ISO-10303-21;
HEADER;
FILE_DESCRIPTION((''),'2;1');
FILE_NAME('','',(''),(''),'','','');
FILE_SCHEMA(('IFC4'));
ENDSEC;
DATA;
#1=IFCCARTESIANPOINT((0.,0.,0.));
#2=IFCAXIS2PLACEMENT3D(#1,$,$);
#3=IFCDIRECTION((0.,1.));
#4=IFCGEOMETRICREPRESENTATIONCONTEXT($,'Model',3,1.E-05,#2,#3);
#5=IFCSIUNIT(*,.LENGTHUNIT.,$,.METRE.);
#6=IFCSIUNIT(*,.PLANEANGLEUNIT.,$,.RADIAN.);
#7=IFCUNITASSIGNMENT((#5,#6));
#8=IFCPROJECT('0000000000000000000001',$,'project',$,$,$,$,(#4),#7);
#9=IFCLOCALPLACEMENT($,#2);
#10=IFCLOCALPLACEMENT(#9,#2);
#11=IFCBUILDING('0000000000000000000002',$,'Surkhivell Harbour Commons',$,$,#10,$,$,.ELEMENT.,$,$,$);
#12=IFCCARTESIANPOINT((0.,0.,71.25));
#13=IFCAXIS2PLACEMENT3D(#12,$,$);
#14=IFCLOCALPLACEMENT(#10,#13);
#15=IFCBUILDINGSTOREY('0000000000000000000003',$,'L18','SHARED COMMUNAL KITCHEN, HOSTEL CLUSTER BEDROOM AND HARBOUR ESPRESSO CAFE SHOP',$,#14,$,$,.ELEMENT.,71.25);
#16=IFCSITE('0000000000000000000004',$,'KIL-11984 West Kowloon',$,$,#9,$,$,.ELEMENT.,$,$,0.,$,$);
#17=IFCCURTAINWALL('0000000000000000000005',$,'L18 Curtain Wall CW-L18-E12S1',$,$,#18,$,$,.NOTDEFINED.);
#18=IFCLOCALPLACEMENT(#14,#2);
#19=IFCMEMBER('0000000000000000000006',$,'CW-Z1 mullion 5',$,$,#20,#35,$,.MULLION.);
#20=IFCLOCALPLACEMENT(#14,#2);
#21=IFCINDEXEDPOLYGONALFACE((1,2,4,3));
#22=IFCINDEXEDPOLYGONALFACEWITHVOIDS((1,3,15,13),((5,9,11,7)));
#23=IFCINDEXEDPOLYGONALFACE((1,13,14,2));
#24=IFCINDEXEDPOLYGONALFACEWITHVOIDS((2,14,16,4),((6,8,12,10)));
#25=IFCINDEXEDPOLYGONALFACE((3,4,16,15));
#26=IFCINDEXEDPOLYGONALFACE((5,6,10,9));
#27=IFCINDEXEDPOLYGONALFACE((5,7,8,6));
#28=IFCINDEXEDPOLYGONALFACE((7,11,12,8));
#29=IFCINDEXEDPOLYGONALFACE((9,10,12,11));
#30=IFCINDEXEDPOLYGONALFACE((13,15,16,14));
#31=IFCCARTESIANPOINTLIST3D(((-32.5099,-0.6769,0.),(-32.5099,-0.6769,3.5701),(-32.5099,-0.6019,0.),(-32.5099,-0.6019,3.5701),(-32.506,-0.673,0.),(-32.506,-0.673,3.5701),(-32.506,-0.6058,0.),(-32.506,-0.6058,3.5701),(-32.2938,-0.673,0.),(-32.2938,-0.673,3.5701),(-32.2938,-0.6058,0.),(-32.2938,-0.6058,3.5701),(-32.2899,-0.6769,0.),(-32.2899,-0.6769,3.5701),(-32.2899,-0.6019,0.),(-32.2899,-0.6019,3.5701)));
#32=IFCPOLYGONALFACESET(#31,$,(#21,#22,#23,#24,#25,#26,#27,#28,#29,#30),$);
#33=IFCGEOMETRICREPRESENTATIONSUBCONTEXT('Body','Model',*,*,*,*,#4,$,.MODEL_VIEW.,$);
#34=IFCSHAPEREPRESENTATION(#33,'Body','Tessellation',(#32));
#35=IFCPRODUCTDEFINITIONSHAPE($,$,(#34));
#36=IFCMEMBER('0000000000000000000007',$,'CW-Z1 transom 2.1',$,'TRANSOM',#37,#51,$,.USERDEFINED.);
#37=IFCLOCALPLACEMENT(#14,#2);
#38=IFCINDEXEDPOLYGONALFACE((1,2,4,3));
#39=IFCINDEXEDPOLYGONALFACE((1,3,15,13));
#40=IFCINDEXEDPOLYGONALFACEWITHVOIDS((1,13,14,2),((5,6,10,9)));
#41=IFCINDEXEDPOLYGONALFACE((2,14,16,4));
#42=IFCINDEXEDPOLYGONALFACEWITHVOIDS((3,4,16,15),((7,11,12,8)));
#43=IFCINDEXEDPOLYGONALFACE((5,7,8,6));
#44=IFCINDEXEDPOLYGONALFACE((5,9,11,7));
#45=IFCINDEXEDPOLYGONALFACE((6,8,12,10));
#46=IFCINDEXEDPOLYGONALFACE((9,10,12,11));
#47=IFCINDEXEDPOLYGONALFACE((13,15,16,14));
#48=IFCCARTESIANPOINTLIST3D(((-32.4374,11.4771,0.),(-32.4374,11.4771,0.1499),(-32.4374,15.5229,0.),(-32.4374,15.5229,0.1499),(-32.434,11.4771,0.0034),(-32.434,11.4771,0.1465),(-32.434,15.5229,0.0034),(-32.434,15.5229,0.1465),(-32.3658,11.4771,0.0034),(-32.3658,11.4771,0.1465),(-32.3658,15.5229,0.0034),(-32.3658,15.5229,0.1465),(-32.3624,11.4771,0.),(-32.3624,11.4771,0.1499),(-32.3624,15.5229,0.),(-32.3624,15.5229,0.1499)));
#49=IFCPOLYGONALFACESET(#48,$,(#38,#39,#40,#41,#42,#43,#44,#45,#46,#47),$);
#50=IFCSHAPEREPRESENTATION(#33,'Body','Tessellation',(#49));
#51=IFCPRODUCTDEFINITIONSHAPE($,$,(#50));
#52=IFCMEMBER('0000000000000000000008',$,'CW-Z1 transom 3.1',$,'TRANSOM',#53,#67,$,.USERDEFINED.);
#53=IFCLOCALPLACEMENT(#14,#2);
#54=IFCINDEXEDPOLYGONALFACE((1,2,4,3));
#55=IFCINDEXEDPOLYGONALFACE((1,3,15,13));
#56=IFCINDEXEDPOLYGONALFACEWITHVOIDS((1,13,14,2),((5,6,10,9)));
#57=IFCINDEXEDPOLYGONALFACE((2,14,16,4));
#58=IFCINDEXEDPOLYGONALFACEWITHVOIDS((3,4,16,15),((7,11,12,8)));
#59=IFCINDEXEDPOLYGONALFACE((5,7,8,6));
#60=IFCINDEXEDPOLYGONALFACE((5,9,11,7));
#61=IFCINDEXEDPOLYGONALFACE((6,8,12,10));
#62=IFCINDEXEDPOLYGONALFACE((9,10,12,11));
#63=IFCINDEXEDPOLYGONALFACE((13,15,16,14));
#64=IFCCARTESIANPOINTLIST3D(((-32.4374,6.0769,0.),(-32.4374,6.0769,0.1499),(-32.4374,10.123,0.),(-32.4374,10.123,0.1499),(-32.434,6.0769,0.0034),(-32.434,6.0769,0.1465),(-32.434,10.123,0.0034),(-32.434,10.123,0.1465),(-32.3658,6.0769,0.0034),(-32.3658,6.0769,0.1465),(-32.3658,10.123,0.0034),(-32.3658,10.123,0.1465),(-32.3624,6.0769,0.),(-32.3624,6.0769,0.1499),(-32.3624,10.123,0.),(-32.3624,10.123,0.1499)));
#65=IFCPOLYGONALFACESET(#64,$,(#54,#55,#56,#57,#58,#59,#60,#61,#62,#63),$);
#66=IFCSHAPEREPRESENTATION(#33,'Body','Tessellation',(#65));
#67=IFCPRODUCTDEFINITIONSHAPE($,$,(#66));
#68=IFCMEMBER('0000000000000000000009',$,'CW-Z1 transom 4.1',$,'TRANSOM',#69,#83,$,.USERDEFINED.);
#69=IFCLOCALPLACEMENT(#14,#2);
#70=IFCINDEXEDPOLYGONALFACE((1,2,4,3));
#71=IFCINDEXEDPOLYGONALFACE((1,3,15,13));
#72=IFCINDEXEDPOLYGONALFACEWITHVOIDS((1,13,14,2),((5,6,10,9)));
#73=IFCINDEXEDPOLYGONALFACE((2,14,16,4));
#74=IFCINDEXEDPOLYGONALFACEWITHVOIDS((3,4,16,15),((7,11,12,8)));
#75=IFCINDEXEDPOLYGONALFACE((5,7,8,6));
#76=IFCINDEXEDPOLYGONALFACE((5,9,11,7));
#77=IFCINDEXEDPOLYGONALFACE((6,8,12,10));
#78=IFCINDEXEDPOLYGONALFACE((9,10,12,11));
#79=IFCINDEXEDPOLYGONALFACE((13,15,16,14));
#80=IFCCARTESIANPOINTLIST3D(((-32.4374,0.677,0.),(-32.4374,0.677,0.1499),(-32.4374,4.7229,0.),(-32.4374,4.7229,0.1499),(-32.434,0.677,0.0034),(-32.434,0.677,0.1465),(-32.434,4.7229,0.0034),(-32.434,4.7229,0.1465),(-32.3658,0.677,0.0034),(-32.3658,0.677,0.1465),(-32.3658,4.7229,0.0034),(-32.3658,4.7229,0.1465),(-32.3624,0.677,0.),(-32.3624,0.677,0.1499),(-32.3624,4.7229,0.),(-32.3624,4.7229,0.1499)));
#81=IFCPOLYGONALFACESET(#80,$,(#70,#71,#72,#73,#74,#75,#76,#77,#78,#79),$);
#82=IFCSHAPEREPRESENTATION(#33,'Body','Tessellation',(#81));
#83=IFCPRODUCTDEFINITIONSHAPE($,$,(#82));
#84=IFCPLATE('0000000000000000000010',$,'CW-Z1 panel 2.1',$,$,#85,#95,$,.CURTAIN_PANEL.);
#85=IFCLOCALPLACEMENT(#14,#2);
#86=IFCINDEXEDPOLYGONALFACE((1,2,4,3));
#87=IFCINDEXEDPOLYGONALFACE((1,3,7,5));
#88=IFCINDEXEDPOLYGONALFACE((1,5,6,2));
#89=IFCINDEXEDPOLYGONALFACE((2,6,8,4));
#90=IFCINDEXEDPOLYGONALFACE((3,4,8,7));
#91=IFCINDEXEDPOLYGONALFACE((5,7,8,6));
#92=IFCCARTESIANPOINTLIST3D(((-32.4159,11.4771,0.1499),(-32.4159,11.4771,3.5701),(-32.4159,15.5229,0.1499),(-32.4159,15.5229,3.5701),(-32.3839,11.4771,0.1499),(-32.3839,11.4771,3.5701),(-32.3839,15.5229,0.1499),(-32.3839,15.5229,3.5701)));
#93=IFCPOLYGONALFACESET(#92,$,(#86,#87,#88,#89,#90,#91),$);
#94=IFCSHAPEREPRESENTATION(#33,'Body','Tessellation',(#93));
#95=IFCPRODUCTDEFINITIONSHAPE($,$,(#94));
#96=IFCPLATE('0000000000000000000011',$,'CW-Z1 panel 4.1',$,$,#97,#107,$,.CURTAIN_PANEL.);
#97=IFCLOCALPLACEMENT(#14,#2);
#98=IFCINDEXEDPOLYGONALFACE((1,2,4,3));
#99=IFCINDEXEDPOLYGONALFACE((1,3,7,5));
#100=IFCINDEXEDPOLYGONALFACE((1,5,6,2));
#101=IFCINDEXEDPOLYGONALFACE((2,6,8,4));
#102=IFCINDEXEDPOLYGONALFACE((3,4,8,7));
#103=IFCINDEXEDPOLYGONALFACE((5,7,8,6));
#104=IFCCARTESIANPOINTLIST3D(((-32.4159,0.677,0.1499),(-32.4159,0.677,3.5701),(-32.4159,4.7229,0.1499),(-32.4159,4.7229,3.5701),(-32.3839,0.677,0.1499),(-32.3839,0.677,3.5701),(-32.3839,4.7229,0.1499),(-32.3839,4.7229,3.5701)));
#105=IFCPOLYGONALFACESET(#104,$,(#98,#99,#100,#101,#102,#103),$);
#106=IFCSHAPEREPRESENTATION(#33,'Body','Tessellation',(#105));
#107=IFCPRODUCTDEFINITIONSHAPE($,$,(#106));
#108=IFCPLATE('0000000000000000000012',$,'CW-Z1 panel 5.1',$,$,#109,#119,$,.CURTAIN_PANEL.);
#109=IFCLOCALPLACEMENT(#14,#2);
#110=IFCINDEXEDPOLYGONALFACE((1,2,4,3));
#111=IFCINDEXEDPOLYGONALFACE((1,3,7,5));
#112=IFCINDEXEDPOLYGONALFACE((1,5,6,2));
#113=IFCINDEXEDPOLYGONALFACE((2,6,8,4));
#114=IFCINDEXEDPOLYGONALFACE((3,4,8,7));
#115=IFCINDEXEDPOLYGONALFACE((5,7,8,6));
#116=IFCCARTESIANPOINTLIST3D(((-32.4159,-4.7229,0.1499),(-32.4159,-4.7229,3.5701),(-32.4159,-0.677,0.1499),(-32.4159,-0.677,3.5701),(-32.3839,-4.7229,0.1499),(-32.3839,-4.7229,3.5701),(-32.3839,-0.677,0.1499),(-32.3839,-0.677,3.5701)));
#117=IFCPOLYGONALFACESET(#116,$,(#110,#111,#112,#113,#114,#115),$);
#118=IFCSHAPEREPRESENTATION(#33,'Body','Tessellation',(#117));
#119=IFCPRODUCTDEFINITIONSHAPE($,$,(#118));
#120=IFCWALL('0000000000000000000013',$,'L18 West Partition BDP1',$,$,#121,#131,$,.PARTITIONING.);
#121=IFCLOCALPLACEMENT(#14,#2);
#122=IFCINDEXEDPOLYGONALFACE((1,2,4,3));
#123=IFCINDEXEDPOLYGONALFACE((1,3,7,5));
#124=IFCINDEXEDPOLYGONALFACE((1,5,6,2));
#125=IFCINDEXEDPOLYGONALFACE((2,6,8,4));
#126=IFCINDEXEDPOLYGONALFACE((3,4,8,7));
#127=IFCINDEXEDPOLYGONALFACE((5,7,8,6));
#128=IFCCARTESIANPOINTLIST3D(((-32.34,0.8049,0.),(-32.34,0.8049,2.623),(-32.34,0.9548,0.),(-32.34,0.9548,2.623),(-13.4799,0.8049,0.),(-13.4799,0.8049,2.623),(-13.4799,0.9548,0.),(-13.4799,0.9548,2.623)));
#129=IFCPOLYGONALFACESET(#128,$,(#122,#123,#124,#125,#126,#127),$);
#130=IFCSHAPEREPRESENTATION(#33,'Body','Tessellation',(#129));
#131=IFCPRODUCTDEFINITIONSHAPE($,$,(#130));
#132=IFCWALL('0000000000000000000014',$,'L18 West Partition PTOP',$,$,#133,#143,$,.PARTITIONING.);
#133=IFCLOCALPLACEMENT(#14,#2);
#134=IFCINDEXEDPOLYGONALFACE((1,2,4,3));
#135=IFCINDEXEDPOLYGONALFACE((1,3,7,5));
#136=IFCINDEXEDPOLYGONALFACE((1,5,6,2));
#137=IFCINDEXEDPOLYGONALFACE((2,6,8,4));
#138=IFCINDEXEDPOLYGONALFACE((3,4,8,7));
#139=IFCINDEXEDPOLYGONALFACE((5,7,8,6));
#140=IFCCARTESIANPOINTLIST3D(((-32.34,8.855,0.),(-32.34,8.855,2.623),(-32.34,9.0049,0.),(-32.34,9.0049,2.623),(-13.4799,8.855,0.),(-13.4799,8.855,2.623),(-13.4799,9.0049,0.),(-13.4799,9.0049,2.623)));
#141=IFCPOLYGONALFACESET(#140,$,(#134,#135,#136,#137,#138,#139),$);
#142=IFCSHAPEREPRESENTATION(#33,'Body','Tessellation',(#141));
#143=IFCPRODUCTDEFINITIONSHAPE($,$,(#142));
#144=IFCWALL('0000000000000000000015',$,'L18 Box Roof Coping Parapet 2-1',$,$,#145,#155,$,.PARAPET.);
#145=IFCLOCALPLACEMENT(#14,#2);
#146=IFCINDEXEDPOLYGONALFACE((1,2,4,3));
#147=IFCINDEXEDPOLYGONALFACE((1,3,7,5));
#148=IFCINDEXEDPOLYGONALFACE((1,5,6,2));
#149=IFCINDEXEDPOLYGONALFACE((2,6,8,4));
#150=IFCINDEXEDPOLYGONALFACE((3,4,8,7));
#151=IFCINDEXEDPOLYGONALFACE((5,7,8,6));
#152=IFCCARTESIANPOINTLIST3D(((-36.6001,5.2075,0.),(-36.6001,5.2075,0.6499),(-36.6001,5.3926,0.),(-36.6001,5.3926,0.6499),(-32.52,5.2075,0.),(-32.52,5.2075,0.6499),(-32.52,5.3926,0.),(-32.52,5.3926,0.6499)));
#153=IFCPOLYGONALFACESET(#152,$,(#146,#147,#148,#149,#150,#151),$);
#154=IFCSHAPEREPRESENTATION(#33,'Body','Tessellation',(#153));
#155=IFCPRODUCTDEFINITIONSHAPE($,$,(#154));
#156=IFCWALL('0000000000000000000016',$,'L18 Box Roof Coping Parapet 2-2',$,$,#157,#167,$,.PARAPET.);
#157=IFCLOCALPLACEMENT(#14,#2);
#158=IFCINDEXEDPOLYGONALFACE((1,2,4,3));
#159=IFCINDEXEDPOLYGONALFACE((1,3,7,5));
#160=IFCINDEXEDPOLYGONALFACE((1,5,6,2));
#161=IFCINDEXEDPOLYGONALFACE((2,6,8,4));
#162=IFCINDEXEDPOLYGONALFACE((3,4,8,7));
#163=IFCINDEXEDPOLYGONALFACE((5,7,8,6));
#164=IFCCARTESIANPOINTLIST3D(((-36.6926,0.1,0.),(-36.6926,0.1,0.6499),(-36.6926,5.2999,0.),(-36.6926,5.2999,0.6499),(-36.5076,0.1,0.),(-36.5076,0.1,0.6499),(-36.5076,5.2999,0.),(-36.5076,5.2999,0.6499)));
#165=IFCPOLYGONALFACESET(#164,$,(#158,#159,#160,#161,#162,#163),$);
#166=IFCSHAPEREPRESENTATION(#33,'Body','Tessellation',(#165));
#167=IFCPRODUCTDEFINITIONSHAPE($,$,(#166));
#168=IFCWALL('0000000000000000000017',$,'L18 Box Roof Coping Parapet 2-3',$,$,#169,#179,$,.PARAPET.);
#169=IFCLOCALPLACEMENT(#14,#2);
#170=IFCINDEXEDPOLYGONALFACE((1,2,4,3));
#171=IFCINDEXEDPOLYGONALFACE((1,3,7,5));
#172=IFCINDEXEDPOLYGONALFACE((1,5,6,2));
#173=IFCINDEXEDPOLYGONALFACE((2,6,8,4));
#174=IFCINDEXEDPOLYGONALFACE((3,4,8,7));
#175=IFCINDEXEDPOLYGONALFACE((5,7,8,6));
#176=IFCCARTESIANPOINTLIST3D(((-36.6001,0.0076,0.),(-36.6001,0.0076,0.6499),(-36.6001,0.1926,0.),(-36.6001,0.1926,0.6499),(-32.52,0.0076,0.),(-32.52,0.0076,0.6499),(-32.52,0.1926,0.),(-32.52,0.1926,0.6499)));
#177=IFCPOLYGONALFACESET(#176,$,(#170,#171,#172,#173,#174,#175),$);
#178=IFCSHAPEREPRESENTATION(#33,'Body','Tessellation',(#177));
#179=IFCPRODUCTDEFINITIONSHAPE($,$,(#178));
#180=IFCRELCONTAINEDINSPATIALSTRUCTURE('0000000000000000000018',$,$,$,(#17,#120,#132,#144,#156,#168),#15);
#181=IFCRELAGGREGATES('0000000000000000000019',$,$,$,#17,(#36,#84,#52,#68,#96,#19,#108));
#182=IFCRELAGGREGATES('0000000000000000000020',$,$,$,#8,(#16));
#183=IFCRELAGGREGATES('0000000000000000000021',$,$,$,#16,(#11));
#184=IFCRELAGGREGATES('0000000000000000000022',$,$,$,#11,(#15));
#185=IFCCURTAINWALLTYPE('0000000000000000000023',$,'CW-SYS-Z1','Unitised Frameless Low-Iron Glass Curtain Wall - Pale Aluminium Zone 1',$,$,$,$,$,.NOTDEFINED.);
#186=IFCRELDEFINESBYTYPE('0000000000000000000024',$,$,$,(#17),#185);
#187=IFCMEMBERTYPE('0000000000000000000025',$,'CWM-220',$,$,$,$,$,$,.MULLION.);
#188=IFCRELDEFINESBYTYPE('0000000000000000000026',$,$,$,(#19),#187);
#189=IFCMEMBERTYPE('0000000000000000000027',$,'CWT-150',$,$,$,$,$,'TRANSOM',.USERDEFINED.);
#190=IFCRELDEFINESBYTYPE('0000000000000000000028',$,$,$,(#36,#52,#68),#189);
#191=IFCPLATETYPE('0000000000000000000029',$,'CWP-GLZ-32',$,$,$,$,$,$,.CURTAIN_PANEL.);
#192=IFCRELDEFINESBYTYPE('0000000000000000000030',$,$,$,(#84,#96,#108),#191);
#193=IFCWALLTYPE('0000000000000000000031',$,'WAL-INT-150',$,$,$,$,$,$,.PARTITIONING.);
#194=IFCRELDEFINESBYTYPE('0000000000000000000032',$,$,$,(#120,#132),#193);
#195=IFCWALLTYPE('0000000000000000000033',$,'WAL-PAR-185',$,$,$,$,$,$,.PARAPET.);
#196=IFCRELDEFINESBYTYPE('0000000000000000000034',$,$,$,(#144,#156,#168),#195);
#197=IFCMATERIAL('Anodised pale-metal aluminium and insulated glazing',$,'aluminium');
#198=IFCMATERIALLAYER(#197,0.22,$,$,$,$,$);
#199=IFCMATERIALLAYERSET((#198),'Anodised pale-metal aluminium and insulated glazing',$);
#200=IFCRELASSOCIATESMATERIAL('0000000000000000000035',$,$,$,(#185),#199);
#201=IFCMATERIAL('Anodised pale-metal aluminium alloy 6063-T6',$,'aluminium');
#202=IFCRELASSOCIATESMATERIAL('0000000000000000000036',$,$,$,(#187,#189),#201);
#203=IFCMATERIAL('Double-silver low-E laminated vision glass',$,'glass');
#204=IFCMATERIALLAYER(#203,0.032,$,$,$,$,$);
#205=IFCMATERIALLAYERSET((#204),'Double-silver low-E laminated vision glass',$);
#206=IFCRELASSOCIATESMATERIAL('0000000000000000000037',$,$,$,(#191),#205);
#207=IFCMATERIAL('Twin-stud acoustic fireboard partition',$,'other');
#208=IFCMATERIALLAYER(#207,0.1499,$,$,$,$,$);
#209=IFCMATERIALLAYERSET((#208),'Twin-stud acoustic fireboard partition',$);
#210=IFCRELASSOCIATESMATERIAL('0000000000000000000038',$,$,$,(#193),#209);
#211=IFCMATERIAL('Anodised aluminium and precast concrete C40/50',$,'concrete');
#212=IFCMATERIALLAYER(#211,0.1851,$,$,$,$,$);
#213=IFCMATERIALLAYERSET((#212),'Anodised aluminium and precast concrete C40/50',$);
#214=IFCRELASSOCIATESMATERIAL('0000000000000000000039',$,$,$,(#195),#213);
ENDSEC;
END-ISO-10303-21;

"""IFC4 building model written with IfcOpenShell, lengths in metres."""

from ifc_helpers import new_model, si_unit, direction, frame, frame_2d, origin, origin_2d, place, context, subcontext, project, spatial, rectangle, hollow_rectangle, extrude, material, layer, layer_set, material_profile, profile_set, type_object, element, aggregate, save


model = new_model("IFC4")

# Units and contexts
model_context = context("Model", 3, precision=1e-05, world=origin(), true_north=direction((0.0, 1.0)))
body_context = subcontext(model_context, "Body", "Model", "MODEL_VIEW")
ifc_project = project(units=[si_unit("LENGTHUNIT", "METRE"), si_unit("PLANEANGLEUNIT", "RADIAN")], contexts=[model_context])

# Site, building, storey
site_placement = place(None, origin())
site = spatial("IfcSite", under=ifc_project, at=site_placement, Name="KIL-11984 West Kowloon", CompositionType="ELEMENT", RefElevation=0.0)
building_placement = place(site_placement, origin())
building = spatial("IfcBuilding", under=site, at=building_placement, Name="Surkhivell Harbour Commons", CompositionType="ELEMENT")
storey_placement = place(building_placement, frame((0.0, 0.0, 71.25)))
storey = spatial("IfcBuildingStorey", under=building, at=storey_placement, Name="L18", Description="SHARED COMMUNAL KITCHEN, HOSTEL CLUSTER BEDROOM AND HARBOUR ESPRESSO CAFE SHOP", CompositionType="ELEMENT", Elevation=71.25)

# Curtain wall, members, plates
ifc_material_1 = material(Name="Anodised pale-metal aluminium and insulated glazing", Category="aluminium")
ifc_layer_1 = layer(ifc_material_1, 0.22)
ifc_layer_set_1 = layer_set([ifc_layer_1], Name="Anodised pale-metal aluminium and insulated glazing")
curtain_wall_type = type_object("IfcCurtainWallType", Name="CW-SYS-Z1", Description="Unitised Frameless Low-Iron Glass Curtain Wall - Pale Aluminium Zone 1", PredefinedType="NOTDEFINED", material=ifc_layer_set_1)
curtain_wall_placement = place(storey_placement, origin())
curtain_wall = element("IfcCurtainWall", 1, at=curtain_wall_placement, inside=storey, type_object=curtain_wall_type, Name="L18 Curtain Wall CW-L18-E12S1", PredefinedType="NOTDEFINED")
ifc_material_2 = material(Name="Anodised pale-metal aluminium alloy 6063-T6", Category="aluminium")
ifc_material_profile_1 = material_profile(ifc_material_2, hollow_rectangle(XDim=0.075, YDim=0.22, WallThickness=0.0039, at=origin_2d()), Name="ALU-MULL-75x220")
ifc_profile_set_1 = profile_set([ifc_material_profile_1], Name="Anodised pale-metal aluminium alloy 6063-T6")
member_type_1 = type_object("IfcMemberType", Name="CWM-220", PredefinedType="MULLION", material=ifc_profile_set_1)
member_1_placement = place(storey_placement, frame((-32.3999, -0.6394, 0.0), z_axis=(0.0, 0.0, 1.0), x_axis=(0.0, -1.0, 0.0)))
member_1 = element("IfcMember", 2, at=member_1_placement, type_object=member_type_1, Name="CW-Z1 mullion 5", PredefinedType="MULLION", context=body_context, shape_type="SweptSolid", body=[
    extrude(hollow_rectangle(XDim=0.075, YDim=0.22, WallThickness=0.0039, at=origin_2d()), origin(), (0.0, 0.0, 1.0), 3.5701),
])
ifc_material_profile_2 = material_profile(ifc_material_2, hollow_rectangle(XDim=0.075, YDim=0.1499, WallThickness=0.0034, at=origin_2d()), Name="ALU-TRAN-75x150")
ifc_profile_set_2 = profile_set([ifc_material_profile_2], Name="Anodised pale-metal aluminium alloy 6063-T6")
member_type_2 = type_object("IfcMemberType", Name="CWT-150", ElementType="TRANSOM", PredefinedType="USERDEFINED", material=ifc_profile_set_2)
member_2_placement = place(storey_placement, frame((-32.3999, 15.5229, 0.075), z_axis=(0.0, -1.0, 0.0), x_axis=(1.0, 0.0, 0.0)))
member_2 = element("IfcMember", 3, at=member_2_placement, type_object=member_type_2, Name="CW-Z1 transom 2.1", ObjectType="TRANSOM", PredefinedType="USERDEFINED", context=body_context, shape_type="SweptSolid", body=[
    extrude(hollow_rectangle(XDim=0.075, YDim=0.1499, WallThickness=0.0034, at=origin_2d()), origin(), (0.0, 0.0, 1.0), 4.0459),
])
member_3_placement = place(storey_placement, frame((-32.3999, 10.123, 0.075), z_axis=(0.0, -1.0, 0.0), x_axis=(1.0, 0.0, 0.0)))
member_3 = element("IfcMember", 4, at=member_3_placement, type_object=member_type_2, Name="CW-Z1 transom 3.1", ObjectType="TRANSOM", PredefinedType="USERDEFINED", context=body_context, shape_type="SweptSolid", body=[
    extrude(hollow_rectangle(XDim=0.075, YDim=0.1499, WallThickness=0.0034, at=origin_2d()), origin(), (0.0, 0.0, 1.0), 4.0461),
])
member_4_placement = place(storey_placement, frame((-32.3999, 4.7229, 0.075), z_axis=(0.0, -1.0, 0.0), x_axis=(1.0, 0.0, 0.0)))
member_4 = element("IfcMember", 5, at=member_4_placement, type_object=member_type_2, Name="CW-Z1 transom 4.1", ObjectType="TRANSOM", PredefinedType="USERDEFINED", context=body_context, shape_type="SweptSolid", body=[
    extrude(hollow_rectangle(XDim=0.075, YDim=0.1499, WallThickness=0.0034, at=origin_2d()), origin(), (0.0, 0.0, 1.0), 4.0459),
])
ifc_material_3 = material(Name="Double-silver low-E laminated vision glass", Category="glass")
ifc_layer_2 = layer(ifc_material_3, 0.032)
ifc_layer_set_2 = layer_set([ifc_layer_2], Name="Double-silver low-E laminated vision glass")
plate_type = type_object("IfcPlateType", Name="CWP-GLZ-32", PredefinedType="CURTAIN_PANEL", material=ifc_layer_set_2)
plate_1_placement = place(storey_placement, frame((-32.3999, 15.5229, 0.1499), z_axis=(0.0, 0.0, 1.0), x_axis=(0.0, -1.0, 0.0)))
plate_1 = element("IfcPlate", 6, at=plate_1_placement, type_object=plate_type, Name="CW-Z1 panel 2.1", PredefinedType="CURTAIN_PANEL", context=body_context, shape_type="SweptSolid", body=[
    extrude(rectangle(XDim=4.0459, YDim=0.032, at=frame_2d((2.0229, 0.0))), origin(), (0.0, 0.0, 1.0), 3.4202),
])
plate_2_placement = place(storey_placement, frame((-32.3999, 4.7229, 0.1499), z_axis=(0.0, 0.0, 1.0), x_axis=(0.0, -1.0, 0.0)))
plate_2 = element("IfcPlate", 7, at=plate_2_placement, type_object=plate_type, Name="CW-Z1 panel 4.1", PredefinedType="CURTAIN_PANEL", context=body_context, shape_type="SweptSolid", body=[
    extrude(rectangle(XDim=4.0459, YDim=0.032, at=frame_2d((2.0229, 0.0))), origin(), (0.0, 0.0, 1.0), 3.4202),
])
plate_3_placement = place(storey_placement, frame((-32.3999, -0.677, 0.1499), z_axis=(0.0, 0.0, 1.0), x_axis=(0.0, -1.0, 0.0)))
plate_3 = element("IfcPlate", 8, at=plate_3_placement, type_object=plate_type, Name="CW-Z1 panel 5.1", PredefinedType="CURTAIN_PANEL", context=body_context, shape_type="SweptSolid", body=[
    extrude(rectangle(XDim=4.0459, YDim=0.032, at=frame_2d((2.0229, 0.0))), origin(), (0.0, 0.0, 1.0), 3.4202),
])
aggregate(curtain_wall, [member_2, plate_1, member_3, member_4, plate_2, member_1, plate_3])

# Walls
ifc_material_4 = material(Name="Twin-stud acoustic fireboard partition", Category="other")
ifc_layer_3 = layer(ifc_material_4, 0.1499)
ifc_layer_set_3 = layer_set([ifc_layer_3], Name="Twin-stud acoustic fireboard partition")
wall_type_1 = type_object("IfcWallType", Name="WAL-INT-150", PredefinedType="PARTITIONING", material=ifc_layer_set_3)
for number, where, z_axis, x_axis, name in (
    (9, (-32.3401, 0.8799, 0.0), (0.0, 0.0, 1.0), (1.0, 0.0, 0.0), "L18 West Partition BDP1"),
    (10, (-32.3401, 8.9299, 0.0), (0.0, 0.0, 1.0), (1.0, 0.0, 0.0), "L18 West Partition PTOP"),
):
    element("IfcWall", number, at=place(storey_placement, frame(where, z_axis=z_axis, x_axis=x_axis)), inside=storey, type_object=wall_type_1, Name=name, PredefinedType="PARTITIONING", context=body_context, shape_type="SweptSolid", body=[
        extrude(rectangle(XDim=18.8601, YDim=0.1499, at=frame_2d((9.4302, 0.0))), origin(), (0.0, 0.0, 1.0), 2.623),
    ])
ifc_material_5 = material(Name="Anodised aluminium and precast concrete C40/50", Category="concrete")
ifc_layer_4 = layer(ifc_material_5, 0.1851)
ifc_layer_set_4 = layer_set([ifc_layer_4], Name="Anodised aluminium and precast concrete C40/50")
wall_type_2 = type_object("IfcWallType", Name="WAL-PAR-185", PredefinedType="PARAPET", material=ifc_layer_set_4)
wall_1_placement = place(storey_placement, frame((-32.52, 5.3, 0.0), z_axis=(0.0, 0.0, 1.0), x_axis=(-1.0, 0.0, 0.0)))
element("IfcWall", 11, at=wall_1_placement, inside=storey, type_object=wall_type_2, Name="L18 Box Roof Coping Parapet 2-1", PredefinedType="PARAPET", context=body_context, shape_type="SweptSolid", body=[
    extrude(rectangle(XDim=4.0801, YDim=0.1851, at=frame_2d((2.04, 0.0))), origin(), (0.0, 0.0, 1.0), 0.6499),
])
wall_2_placement = place(storey_placement, frame((-36.6001, 5.3, 0.0), z_axis=(0.0, 0.0, 1.0), x_axis=(0.0, -1.0, 0.0)))
element("IfcWall", 12, at=wall_2_placement, inside=storey, type_object=wall_type_2, Name="L18 Box Roof Coping Parapet 2-2", PredefinedType="PARAPET", context=body_context, shape_type="SweptSolid", body=[
    extrude(rectangle(XDim=5.2, YDim=0.1851, at=frame_2d((2.6001, 0.0))), origin(), (0.0, 0.0, 1.0), 0.6499),
])
wall_3_placement = place(storey_placement, frame((-36.6001, 0.1001, 0.0), z_axis=(0.0, 0.0, 1.0), x_axis=(1.0, 0.0, 0.0)))
element("IfcWall", 13, at=wall_3_placement, inside=storey, type_object=wall_type_2, Name="L18 Box Roof Coping Parapet 2-3", PredefinedType="PARAPET", context=body_context, shape_type="SweptSolid", body=[
    extrude(rectangle(XDim=4.0801, YDim=0.1851, at=frame_2d((2.04, 0.0))), origin(), (0.0, 0.0, 1.0), 0.6499),
])

save(model, "model.ifc")
